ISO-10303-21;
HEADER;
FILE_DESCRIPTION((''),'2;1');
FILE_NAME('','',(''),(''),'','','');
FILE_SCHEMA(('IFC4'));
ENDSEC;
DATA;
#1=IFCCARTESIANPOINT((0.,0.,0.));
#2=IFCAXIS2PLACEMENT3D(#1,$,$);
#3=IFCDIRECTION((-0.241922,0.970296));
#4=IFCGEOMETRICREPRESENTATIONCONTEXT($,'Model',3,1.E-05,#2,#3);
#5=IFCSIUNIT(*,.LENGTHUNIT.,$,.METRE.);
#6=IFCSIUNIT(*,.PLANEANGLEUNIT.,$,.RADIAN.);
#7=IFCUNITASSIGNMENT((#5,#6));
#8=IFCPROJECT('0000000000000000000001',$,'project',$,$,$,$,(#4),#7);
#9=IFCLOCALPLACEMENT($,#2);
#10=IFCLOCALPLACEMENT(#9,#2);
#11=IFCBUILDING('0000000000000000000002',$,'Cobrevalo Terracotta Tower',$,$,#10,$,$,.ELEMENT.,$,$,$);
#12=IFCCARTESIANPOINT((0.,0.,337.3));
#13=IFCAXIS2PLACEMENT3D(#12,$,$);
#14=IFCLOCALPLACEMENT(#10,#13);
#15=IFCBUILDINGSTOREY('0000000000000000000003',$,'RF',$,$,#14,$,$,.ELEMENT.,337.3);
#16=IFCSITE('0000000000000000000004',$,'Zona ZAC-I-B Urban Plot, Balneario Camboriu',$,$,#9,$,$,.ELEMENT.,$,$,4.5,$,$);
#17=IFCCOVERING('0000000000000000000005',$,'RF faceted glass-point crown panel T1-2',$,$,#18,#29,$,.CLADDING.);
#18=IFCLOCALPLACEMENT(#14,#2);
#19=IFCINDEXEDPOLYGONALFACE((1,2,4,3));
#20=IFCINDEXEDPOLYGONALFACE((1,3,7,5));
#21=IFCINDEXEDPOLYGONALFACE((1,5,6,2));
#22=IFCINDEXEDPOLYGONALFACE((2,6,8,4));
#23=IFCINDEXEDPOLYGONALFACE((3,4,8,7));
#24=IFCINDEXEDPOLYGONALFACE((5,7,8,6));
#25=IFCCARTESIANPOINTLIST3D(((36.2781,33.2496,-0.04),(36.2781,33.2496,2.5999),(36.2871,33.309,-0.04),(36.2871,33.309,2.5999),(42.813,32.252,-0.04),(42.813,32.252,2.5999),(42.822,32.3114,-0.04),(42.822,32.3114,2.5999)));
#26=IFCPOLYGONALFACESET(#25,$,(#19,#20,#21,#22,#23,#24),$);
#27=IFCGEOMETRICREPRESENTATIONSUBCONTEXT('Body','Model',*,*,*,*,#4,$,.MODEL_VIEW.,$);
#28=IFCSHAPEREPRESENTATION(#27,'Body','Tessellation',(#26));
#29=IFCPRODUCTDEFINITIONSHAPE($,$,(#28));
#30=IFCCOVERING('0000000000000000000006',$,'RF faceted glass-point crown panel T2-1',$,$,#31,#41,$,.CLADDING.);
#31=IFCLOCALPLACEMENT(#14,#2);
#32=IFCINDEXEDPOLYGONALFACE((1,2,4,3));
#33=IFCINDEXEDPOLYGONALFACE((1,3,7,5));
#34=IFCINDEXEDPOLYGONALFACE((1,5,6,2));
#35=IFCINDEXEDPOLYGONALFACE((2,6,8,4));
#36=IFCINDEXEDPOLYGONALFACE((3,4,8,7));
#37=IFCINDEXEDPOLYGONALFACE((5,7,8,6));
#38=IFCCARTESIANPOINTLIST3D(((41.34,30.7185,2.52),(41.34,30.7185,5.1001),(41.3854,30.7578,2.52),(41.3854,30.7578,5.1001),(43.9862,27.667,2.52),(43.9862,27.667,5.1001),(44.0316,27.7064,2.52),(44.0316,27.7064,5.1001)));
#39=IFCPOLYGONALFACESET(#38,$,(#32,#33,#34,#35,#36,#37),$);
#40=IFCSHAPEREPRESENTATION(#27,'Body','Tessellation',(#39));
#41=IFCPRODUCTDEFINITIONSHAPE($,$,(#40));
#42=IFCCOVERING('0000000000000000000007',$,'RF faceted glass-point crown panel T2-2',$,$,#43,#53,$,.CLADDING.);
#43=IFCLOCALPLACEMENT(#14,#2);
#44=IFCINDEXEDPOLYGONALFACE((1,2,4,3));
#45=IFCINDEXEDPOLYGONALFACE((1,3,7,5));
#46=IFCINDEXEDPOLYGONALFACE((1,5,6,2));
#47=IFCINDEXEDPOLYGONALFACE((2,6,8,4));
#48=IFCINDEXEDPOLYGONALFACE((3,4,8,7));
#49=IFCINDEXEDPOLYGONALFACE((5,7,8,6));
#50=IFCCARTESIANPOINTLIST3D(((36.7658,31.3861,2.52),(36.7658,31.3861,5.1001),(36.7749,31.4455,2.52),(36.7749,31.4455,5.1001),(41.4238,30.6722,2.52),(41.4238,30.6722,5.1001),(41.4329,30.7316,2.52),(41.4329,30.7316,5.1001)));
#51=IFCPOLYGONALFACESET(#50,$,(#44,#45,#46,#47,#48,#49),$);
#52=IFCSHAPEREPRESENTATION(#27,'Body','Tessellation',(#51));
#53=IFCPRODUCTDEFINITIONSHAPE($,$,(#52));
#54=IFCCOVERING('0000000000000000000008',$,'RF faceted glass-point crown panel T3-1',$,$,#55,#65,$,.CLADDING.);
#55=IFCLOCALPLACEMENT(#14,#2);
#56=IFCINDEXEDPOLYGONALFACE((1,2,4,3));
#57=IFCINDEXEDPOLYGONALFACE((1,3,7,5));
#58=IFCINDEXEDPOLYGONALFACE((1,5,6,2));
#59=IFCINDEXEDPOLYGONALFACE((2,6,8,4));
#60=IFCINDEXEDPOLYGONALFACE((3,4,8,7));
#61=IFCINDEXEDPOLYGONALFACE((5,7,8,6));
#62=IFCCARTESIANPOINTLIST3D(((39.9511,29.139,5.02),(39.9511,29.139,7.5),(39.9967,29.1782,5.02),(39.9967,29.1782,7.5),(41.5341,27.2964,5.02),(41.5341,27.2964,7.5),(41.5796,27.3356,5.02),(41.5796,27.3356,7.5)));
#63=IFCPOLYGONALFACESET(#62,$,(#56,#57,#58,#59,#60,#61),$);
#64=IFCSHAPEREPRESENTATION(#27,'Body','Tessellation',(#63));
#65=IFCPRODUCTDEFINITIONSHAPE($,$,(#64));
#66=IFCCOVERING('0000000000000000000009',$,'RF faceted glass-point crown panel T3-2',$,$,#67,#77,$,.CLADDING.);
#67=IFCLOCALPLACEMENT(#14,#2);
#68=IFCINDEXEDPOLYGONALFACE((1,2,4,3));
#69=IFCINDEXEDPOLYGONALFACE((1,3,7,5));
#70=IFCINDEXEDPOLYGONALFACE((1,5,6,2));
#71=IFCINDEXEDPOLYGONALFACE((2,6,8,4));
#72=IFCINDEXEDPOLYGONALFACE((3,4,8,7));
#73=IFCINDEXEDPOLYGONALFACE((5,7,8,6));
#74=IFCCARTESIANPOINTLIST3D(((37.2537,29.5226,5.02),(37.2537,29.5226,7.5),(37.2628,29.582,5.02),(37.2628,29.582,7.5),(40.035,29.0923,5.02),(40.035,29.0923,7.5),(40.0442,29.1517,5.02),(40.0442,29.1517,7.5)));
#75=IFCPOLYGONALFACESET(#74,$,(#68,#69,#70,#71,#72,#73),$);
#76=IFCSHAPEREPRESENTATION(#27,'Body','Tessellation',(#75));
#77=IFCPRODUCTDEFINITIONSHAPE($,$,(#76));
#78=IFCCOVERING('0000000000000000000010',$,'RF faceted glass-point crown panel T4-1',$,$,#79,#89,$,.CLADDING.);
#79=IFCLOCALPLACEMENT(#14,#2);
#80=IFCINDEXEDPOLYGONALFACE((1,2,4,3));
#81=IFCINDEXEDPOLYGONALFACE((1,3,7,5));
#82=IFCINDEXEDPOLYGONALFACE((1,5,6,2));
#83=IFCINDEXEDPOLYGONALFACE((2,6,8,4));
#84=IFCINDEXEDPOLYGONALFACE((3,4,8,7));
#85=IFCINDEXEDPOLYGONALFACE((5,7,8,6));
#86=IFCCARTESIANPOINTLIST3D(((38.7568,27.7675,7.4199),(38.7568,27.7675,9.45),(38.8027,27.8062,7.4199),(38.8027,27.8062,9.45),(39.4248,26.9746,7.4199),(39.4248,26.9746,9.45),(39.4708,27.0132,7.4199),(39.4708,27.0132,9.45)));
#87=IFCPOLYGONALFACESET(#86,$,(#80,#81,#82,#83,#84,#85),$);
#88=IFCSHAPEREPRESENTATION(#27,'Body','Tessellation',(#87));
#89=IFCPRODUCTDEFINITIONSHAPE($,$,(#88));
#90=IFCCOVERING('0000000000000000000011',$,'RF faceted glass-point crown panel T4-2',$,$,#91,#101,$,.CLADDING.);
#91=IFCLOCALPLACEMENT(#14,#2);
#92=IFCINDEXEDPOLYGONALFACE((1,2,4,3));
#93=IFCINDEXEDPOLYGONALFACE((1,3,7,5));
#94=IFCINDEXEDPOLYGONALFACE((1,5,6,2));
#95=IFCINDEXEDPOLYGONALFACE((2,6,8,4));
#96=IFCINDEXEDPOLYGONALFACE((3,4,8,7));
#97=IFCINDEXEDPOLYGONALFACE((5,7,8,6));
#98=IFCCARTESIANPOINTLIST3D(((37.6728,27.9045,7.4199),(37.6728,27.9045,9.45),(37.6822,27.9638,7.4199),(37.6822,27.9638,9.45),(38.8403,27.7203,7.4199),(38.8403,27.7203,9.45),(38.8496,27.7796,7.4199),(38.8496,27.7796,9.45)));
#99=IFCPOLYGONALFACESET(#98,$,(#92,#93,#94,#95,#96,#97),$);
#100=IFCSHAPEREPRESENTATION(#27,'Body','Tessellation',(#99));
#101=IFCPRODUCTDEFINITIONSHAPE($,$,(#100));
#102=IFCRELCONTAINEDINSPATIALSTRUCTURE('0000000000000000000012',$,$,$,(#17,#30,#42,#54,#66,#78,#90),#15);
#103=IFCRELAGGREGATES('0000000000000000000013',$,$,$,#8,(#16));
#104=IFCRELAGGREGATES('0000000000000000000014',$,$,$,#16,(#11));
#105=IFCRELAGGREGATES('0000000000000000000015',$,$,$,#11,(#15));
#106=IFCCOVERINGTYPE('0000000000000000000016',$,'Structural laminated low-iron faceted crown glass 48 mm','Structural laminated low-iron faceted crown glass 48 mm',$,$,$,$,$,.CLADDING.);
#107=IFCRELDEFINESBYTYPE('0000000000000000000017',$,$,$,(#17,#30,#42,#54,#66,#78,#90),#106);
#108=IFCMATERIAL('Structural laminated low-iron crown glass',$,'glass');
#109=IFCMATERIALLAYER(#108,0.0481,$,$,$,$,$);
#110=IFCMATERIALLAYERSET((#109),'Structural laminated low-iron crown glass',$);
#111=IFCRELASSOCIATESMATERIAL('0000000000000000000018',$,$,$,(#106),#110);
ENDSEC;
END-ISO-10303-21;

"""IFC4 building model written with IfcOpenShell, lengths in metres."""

from ifc_helpers import new_model, si_unit, direction, frame, origin, origin_2d, place, context, subcontext, project, spatial, rectangle, extrude, source, transform, mapped, material, layer, layer_set, type_object, element, save


model = new_model("IFC4")

# Units and contexts
model_context = context("Model", 3, precision=1e-05, world=origin(), true_north=direction((-0.241922, 0.970296)))
body_context = subcontext(model_context, "Body", "Model", "MODEL_VIEW")
ifc_project = project(units=[si_unit("LENGTHUNIT", "METRE"), si_unit("PLANEANGLEUNIT", "RADIAN")], contexts=[model_context])

# Site, building, storey
site_placement = place(None, origin())
site = spatial("IfcSite", under=ifc_project, at=site_placement, Name="Zona ZAC-I-B Urban Plot, Balneario Camboriu", CompositionType="ELEMENT", RefElevation=4.5)
building_placement = place(site_placement, origin())
building = spatial("IfcBuilding", under=site, at=building_placement, Name="Cobrevalo Terracotta Tower", CompositionType="ELEMENT")
storey_placement = place(building_placement, frame((0.0, 0.0, 337.3)))
storey = spatial("IfcBuildingStorey", under=building, at=storey_placement, Name="RF", CompositionType="ELEMENT", Elevation=337.3)

# Shared definitions
ifc_material_1 = material(Name="Structural laminated low-iron crown glass", Category="glass")

# Coverings
ifc_layer_1 = layer(ifc_material_1, 0.0481)
ifc_layer_set_1 = layer_set([ifc_layer_1], Name="Structural laminated low-iron crown glass")
covering_type_1 = type_object("IfcCoveringType", Name="Structural laminated low-iron faceted crown glass 48 mm", Description="Structural laminated low-iron faceted crown glass 48 mm", PredefinedType="CLADDING", material=ifc_layer_set_1)
shared_shape_1 = source(origin(), body_context, "Body", "SweptSolid", [
    extrude(rectangle(XDim=6.6106, YDim=0.0601, at=origin_2d()), origin(), (0.0, 0.0, 1.0), 2.6399),
])
covering_1_placement = place(storey_placement, frame((39.55, 32.7805, -0.04), z_axis=(0.0, 0.0, 1.0), x_axis=(-0.988548, 0.150905, 0.0)))
element("IfcCovering", 1, at=covering_1_placement, inside=storey, type_object=covering_type_1, Name="RF faceted glass-point crown panel T1-2", PredefinedType="CLADDING", context=body_context, shape_type="MappedRepresentation", body=[
    mapped(shared_shape_1, transform((0.0, 0.0, 0.0), scale=1.0)),
])
shared_shape_2 = source(origin(), body_context, "Body", "SweptSolid", [
    extrude(rectangle(XDim=4.0391, YDim=0.0601, at=origin_2d()), origin(), (0.0, 0.0, 1.0), 2.5801),
])
covering_2_placement = place(storey_placement, frame((42.6858, 29.2124, 2.52), z_axis=(0.0, 0.0, 1.0), x_axis=(-0.655165, 0.755485, 0.0)))
element("IfcCovering", 2, at=covering_2_placement, inside=storey, type_object=covering_type_1, Name="RF faceted glass-point crown panel T2-1", PredefinedType="CLADDING", context=body_context, shape_type="MappedRepresentation", body=[
    mapped(shared_shape_2, transform((0.0, 0.0, 0.0), scale=1.0)),
])
shared_shape_3 = source(origin(), body_context, "Body", "SweptSolid", [
    extrude(rectangle(XDim=4.7124, YDim=0.0601, at=origin_2d()), origin(), (0.0, 0.0, 1.0), 2.5801),
])
covering_3_placement = place(storey_placement, frame((39.0994, 31.0588, 2.52), z_axis=(0.0, 0.0, 1.0), x_axis=(-0.988458, 0.151492, 0.0)))
element("IfcCovering", 3, at=covering_3_placement, inside=storey, type_object=covering_type_1, Name="RF faceted glass-point crown panel T2-2", PredefinedType="CLADDING", context=body_context, shape_type="MappedRepresentation", body=[
    mapped(shared_shape_3, transform((0.0, 0.0, 0.0), scale=1.0)),
])
shared_shape_4 = source(origin(), body_context, "Body", "SweptSolid", [
    extrude(rectangle(XDim=2.4292, YDim=0.0601, at=origin_2d()), origin(), (0.0, 0.0, 1.0), 2.48),
])
covering_4_placement = place(storey_placement, frame((40.7654, 28.2373, 5.02), z_axis=(0.0, 0.0, 1.0), x_axis=(-0.65164, 0.758528, 0.0)))
element("IfcCovering", 4, at=covering_4_placement, inside=storey, type_object=covering_type_1, Name="RF faceted glass-point crown panel T3-1", PredefinedType="CLADDING", context=body_context, shape_type="MappedRepresentation", body=[
    mapped(shared_shape_4, transform((0.0, 0.0, 0.0), scale=1.0)),
])
shared_shape_5 = source(origin(), body_context, "Body", "SweptSolid", [
    extrude(rectangle(XDim=2.8145, YDim=0.0601, at=origin_2d()), origin(), (0.0, 0.0, 1.0), 2.48),
])
covering_5_placement = place(storey_placement, frame((38.6489, 29.3372, 5.02), z_axis=(0.0, 0.0, 1.0), x_axis=(-0.988243, 0.152891, 0.0)))
element("IfcCovering", 5, at=covering_5_placement, inside=storey, type_object=covering_type_1, Name="RF faceted glass-point crown panel T3-2", PredefinedType="CLADDING", context=body_context, shape_type="MappedRepresentation", body=[
    mapped(shared_shape_5, transform((0.0, 0.0, 0.0), scale=1.0)),
])
shared_shape_6 = source(origin(), body_context, "Body", "SweptSolid", [
    extrude(rectangle(XDim=1.0369, YDim=0.0601, at=origin_2d()), origin(), (0.0, 0.0, 1.0), 2.03),
])
covering_6_placement = place(storey_placement, frame((39.1138, 27.3904, 7.4199), z_axis=(0.0, 0.0, 1.0), x_axis=(-0.644307, 0.764767, 0.0)))
element("IfcCovering", 6, at=covering_6_placement, inside=storey, type_object=covering_type_1, Name="RF faceted glass-point crown panel T4-1", PredefinedType="CLADDING", context=body_context, shape_type="MappedRepresentation", body=[
    mapped(shared_shape_6, transform((0.0, 0.0, 0.0), scale=1.0)),
])
shared_shape_7 = source(origin(), body_context, "Body", "SweptSolid", [
    extrude(rectangle(XDim=1.1819, YDim=0.0601, at=origin_2d()), origin(), (0.0, 0.0, 1.0), 2.03),
])
covering_7_placement = place(storey_placement, frame((38.2612, 27.842, 7.4199), z_axis=(0.0, 0.0, 1.0), x_axis=(-0.987784, 0.155831, 0.0)))
element("IfcCovering", 7, at=covering_7_placement, inside=storey, type_object=covering_type_1, Name="RF faceted glass-point crown panel T4-2", PredefinedType="CLADDING", context=body_context, shape_type="MappedRepresentation", body=[
    mapped(shared_shape_7, transform((0.0, 0.0, 0.0), scale=1.0)),
])

save(model, "model.ifc")
